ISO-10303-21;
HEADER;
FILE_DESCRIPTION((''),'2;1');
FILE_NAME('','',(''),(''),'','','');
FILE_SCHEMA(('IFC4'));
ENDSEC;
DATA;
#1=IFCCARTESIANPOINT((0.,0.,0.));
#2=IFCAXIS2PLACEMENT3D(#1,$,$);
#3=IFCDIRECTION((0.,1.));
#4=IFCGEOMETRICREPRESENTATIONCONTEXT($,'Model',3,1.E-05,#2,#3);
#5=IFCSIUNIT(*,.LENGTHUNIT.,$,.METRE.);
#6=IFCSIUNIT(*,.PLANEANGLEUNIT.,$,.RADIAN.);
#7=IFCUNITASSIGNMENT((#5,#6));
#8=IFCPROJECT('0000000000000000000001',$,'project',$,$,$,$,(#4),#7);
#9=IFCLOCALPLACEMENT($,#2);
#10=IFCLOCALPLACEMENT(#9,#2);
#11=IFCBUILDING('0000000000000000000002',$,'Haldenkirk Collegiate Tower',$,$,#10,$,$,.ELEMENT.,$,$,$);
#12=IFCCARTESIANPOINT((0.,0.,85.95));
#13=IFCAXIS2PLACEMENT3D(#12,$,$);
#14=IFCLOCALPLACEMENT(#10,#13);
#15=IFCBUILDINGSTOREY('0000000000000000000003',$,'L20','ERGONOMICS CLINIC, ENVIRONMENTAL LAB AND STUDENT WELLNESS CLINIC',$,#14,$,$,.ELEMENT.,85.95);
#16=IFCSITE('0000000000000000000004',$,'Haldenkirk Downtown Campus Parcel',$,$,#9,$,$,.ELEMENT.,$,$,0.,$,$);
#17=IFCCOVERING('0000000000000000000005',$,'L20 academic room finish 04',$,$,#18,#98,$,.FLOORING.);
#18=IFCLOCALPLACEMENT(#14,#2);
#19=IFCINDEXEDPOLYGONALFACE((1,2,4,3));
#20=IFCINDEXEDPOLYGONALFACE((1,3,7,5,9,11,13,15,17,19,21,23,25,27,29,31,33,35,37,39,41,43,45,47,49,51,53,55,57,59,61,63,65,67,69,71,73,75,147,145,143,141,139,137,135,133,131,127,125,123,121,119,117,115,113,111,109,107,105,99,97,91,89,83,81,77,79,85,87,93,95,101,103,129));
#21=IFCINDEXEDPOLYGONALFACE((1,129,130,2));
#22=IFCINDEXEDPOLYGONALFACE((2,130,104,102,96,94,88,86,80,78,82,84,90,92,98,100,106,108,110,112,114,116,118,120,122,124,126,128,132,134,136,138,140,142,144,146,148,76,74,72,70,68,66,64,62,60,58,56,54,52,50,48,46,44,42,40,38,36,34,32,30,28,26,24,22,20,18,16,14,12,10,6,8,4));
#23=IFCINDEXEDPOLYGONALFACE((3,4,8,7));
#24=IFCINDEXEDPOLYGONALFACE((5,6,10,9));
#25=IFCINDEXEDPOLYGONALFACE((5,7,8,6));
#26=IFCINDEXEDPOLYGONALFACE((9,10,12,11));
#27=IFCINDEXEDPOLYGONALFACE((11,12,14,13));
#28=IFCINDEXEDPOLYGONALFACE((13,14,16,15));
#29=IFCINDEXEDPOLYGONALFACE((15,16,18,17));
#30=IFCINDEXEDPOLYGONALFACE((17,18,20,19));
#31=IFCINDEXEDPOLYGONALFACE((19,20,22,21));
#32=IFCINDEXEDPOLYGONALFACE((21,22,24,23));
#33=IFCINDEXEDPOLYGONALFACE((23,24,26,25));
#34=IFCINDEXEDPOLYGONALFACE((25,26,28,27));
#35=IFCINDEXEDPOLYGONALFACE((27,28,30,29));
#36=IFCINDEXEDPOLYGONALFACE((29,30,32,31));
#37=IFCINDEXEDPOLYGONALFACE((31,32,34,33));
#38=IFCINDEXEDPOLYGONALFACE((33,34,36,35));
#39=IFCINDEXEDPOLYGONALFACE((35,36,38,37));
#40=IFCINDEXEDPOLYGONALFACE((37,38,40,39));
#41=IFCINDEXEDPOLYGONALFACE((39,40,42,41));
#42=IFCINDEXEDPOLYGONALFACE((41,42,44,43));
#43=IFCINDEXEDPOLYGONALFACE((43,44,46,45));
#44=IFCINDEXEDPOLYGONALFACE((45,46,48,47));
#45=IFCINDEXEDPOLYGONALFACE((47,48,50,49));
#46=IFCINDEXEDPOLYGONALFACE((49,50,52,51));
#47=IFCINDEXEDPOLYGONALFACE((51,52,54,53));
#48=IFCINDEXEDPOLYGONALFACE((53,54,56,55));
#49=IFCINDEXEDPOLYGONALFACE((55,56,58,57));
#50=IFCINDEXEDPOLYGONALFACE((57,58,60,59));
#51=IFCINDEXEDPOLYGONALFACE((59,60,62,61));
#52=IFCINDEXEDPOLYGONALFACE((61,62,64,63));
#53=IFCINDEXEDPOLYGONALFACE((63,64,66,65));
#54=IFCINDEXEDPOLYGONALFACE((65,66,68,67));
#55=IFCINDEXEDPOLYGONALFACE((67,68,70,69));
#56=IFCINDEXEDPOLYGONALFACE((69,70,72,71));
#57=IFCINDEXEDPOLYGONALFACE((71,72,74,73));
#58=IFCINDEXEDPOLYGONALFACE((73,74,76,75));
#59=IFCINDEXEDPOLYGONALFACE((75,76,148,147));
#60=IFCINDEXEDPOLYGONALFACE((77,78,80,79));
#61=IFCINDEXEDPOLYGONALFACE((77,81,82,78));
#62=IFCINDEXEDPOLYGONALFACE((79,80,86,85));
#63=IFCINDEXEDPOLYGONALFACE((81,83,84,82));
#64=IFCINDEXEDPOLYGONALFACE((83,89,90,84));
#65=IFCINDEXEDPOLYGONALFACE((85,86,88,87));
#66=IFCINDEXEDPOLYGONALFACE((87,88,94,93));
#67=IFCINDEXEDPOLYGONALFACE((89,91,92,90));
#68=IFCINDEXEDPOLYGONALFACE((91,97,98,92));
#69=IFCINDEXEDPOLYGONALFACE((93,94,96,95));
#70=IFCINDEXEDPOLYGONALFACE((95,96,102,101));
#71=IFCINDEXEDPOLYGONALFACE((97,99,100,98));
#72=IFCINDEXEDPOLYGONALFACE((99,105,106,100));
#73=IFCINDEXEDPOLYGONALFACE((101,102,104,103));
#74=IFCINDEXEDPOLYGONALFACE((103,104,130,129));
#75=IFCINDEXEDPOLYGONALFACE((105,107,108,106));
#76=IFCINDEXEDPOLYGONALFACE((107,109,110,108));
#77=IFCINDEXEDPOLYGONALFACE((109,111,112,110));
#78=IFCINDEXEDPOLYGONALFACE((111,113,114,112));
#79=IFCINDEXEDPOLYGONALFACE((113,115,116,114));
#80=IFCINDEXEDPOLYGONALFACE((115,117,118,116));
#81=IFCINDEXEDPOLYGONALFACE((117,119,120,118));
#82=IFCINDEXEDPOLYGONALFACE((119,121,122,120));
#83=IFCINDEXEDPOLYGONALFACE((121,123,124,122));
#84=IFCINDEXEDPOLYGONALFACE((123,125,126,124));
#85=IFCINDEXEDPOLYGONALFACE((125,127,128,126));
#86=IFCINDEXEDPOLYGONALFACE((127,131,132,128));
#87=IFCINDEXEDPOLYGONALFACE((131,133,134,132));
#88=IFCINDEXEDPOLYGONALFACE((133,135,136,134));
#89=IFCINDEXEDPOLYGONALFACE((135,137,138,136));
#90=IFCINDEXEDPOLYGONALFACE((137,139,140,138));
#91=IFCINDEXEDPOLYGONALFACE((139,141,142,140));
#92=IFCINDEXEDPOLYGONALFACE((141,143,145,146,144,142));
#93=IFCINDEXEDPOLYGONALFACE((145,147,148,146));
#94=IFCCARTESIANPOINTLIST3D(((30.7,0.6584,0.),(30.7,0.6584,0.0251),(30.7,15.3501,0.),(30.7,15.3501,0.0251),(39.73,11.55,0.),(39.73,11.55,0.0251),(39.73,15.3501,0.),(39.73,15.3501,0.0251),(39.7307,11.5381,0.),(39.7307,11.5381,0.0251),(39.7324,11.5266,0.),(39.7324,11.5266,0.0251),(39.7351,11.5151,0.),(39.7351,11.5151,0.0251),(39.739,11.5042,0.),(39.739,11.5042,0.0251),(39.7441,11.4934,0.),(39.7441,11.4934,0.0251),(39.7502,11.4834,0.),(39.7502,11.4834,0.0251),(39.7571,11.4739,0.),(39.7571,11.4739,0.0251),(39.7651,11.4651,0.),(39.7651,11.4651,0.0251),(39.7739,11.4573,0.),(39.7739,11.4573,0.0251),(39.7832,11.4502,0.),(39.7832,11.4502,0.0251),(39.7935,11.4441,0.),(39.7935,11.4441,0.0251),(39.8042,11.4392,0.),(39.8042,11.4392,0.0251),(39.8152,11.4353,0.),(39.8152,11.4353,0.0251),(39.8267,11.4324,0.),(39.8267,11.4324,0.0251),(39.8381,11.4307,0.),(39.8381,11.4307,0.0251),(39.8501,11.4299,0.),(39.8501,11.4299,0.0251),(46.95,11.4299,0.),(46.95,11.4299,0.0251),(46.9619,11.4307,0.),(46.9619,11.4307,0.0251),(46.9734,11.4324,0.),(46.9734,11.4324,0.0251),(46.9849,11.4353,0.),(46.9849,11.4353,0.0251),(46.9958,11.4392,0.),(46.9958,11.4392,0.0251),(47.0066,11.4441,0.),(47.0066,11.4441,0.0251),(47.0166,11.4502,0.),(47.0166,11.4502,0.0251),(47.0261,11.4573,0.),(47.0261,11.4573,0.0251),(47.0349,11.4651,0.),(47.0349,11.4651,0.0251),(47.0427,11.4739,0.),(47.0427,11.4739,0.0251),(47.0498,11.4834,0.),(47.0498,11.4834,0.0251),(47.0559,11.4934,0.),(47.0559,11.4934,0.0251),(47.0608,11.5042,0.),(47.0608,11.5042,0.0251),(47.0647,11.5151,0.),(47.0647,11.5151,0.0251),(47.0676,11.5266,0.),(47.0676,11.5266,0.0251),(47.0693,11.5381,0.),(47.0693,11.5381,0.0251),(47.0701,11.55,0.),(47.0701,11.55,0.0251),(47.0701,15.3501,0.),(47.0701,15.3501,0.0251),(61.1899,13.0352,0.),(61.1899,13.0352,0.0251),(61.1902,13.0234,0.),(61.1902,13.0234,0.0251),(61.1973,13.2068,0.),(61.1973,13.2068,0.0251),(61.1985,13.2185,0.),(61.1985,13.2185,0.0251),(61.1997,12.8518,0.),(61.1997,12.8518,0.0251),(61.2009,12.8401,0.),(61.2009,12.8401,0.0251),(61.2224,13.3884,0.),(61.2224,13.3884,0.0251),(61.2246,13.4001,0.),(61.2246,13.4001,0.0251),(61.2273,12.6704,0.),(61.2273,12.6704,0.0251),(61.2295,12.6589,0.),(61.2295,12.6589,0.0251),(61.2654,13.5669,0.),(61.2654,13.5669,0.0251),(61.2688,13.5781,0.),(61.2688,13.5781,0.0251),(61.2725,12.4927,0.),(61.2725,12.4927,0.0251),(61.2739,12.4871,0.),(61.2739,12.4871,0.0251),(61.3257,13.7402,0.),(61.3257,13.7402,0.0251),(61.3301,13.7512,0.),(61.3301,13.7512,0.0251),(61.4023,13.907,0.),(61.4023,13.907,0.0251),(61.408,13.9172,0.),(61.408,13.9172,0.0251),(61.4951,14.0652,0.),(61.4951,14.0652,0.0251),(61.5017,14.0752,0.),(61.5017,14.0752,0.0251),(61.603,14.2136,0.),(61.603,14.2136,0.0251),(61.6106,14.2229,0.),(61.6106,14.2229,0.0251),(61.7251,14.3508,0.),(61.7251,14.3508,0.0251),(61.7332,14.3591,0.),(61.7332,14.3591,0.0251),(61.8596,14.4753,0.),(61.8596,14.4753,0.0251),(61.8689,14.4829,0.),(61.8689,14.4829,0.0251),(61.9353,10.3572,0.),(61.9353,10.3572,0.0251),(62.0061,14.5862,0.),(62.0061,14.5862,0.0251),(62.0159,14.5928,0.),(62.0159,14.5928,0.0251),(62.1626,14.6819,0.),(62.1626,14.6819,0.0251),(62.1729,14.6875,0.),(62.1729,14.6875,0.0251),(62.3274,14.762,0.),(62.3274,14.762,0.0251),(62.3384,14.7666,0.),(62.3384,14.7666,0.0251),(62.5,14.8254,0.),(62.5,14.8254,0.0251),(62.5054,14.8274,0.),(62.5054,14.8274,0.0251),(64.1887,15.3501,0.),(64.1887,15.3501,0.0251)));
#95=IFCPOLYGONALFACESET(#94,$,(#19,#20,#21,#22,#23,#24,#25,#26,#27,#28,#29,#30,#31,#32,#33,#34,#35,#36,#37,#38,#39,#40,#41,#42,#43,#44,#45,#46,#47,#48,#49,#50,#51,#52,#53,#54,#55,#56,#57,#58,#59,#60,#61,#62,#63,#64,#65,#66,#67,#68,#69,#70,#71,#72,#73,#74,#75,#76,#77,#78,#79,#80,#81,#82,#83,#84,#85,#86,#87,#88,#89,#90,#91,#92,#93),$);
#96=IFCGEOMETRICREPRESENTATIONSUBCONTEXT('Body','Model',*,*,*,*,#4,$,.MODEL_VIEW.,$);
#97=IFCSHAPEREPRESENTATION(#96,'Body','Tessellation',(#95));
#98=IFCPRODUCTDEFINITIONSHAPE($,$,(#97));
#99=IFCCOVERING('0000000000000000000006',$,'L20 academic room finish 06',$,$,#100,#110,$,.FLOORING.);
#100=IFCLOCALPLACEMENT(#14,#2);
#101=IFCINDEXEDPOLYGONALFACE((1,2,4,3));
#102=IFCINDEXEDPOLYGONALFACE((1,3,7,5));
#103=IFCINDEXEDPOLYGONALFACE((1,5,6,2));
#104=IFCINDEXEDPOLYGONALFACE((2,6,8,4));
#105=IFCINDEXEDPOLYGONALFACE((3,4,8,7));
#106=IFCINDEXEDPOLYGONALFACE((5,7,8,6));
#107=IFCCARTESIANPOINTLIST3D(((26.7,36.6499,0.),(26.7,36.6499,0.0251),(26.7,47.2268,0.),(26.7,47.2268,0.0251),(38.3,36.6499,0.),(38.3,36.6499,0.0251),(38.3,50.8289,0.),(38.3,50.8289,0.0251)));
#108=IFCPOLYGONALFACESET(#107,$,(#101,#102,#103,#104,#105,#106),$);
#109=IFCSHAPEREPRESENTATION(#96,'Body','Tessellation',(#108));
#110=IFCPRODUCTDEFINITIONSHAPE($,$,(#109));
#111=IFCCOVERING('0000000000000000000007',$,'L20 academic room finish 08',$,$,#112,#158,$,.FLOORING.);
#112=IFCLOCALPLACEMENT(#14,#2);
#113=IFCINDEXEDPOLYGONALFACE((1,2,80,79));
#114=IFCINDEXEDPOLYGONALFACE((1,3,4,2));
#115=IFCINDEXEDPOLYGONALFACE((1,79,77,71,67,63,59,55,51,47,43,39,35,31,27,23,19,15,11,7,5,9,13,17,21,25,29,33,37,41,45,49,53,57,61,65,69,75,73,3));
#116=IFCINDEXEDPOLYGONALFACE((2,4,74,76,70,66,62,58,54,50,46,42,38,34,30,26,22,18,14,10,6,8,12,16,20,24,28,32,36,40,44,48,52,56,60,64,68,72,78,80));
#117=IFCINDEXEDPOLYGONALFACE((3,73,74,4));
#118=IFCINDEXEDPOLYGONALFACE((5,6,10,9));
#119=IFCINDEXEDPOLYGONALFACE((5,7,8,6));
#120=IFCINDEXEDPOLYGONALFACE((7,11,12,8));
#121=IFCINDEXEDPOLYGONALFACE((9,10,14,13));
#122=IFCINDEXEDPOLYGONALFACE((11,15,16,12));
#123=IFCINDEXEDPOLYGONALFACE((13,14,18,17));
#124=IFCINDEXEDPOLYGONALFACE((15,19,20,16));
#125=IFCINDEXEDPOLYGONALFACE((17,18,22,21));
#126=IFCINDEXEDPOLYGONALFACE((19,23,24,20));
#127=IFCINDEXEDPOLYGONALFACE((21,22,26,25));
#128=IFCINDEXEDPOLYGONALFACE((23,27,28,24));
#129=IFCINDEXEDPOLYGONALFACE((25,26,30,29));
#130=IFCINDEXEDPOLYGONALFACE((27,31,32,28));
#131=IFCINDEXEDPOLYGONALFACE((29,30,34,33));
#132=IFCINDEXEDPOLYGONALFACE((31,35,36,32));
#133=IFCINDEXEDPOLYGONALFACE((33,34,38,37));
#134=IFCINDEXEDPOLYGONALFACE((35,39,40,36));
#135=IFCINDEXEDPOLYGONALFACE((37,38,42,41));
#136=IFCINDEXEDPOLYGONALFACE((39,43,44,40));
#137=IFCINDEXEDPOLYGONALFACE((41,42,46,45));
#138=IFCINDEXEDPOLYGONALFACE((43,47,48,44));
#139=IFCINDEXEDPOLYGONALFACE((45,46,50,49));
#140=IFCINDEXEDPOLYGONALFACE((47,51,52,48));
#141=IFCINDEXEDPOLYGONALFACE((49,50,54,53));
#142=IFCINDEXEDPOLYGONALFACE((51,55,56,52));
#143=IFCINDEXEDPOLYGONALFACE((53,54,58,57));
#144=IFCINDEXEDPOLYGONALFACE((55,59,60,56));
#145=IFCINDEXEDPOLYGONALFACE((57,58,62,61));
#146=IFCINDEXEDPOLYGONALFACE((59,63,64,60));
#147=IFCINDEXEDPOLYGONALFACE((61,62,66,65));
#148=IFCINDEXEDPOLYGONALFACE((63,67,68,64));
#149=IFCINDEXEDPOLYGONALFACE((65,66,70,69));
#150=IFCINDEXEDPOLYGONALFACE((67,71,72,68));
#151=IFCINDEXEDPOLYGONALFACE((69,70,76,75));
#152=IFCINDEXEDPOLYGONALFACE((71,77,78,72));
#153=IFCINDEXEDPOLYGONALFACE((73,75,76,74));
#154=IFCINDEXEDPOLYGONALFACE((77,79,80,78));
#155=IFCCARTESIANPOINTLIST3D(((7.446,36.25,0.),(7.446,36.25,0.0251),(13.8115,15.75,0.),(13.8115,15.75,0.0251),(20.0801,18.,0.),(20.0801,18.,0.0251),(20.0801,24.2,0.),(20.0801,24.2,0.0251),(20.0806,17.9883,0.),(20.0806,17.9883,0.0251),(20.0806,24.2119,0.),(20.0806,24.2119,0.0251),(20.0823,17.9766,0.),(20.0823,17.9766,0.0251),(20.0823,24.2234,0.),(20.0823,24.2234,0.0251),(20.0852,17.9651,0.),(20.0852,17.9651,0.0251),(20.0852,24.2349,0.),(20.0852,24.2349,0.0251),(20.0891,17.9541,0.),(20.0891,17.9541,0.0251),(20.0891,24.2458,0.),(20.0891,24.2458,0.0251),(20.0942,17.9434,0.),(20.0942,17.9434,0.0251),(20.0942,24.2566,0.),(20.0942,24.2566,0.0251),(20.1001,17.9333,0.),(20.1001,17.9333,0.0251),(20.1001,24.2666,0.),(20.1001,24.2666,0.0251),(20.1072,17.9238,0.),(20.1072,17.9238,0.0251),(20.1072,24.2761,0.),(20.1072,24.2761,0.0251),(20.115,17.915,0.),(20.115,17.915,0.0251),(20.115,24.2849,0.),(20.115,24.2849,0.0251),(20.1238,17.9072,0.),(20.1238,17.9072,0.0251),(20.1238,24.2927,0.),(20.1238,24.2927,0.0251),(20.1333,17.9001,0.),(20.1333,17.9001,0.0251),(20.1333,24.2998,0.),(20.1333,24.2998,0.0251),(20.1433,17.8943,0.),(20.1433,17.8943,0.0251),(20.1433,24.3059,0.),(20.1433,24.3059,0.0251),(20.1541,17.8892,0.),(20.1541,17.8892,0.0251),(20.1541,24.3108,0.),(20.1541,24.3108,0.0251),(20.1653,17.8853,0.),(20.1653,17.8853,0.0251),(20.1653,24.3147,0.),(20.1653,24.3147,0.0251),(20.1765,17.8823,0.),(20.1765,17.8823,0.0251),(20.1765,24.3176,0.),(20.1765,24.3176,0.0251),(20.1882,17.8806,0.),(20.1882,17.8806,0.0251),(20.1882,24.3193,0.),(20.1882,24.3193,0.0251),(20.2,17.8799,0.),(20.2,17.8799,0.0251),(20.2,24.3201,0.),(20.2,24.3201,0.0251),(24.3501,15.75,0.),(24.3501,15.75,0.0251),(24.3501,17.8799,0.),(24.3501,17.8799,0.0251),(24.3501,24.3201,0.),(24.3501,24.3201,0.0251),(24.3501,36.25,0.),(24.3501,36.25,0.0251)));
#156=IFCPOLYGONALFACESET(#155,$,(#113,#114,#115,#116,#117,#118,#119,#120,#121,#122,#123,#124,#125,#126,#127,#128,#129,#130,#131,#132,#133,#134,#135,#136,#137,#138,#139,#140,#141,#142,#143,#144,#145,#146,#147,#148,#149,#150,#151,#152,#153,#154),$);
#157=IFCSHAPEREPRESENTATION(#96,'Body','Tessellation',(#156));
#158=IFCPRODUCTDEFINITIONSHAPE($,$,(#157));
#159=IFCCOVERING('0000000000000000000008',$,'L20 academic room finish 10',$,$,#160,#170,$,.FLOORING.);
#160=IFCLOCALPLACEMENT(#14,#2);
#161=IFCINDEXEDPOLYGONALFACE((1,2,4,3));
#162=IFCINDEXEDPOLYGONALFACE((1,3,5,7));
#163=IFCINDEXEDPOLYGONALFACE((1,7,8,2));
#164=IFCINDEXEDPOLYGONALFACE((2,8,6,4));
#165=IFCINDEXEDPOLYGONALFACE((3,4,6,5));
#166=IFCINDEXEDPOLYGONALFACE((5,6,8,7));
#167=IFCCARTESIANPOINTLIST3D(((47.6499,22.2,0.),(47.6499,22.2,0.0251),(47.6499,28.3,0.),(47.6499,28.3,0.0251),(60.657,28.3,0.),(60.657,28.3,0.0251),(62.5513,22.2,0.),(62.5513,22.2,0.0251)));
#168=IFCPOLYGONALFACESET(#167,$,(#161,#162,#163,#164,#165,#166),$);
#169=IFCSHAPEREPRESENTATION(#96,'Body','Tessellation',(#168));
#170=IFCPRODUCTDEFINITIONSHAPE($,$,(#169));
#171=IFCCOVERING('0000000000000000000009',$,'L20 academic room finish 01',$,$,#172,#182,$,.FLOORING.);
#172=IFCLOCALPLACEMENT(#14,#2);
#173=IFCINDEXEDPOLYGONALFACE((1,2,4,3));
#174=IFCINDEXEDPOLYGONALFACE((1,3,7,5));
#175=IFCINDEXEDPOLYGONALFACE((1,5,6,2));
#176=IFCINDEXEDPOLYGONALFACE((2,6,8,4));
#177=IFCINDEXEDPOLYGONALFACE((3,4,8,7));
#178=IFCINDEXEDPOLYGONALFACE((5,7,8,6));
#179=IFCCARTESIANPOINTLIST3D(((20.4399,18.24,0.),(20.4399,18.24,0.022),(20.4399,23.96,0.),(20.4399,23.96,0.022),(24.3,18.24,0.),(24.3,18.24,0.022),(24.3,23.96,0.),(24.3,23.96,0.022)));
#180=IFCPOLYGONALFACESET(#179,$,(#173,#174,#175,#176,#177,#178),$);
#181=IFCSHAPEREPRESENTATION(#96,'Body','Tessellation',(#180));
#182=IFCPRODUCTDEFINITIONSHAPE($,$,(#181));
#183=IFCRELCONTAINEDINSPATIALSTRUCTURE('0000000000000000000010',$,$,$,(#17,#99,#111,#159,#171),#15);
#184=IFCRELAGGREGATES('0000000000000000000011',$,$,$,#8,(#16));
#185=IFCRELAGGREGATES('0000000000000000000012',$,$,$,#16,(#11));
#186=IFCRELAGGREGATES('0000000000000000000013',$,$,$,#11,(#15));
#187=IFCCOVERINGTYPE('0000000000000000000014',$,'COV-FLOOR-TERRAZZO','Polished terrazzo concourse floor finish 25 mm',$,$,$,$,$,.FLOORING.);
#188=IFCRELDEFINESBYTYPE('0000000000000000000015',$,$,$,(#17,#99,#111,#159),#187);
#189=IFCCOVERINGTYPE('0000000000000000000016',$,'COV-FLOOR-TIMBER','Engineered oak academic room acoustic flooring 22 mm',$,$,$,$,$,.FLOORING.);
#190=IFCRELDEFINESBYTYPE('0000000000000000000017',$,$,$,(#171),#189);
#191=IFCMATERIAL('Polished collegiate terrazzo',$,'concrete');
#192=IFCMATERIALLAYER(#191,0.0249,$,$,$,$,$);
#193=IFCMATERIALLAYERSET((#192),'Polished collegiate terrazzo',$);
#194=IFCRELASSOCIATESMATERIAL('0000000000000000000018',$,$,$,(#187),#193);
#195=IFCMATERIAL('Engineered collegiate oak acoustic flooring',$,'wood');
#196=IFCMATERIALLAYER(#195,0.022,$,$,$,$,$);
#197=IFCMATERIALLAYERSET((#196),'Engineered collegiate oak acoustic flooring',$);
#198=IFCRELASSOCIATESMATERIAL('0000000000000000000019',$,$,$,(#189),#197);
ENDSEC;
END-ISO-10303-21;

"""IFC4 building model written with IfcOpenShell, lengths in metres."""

from ifc_helpers import new_model, si_unit, direction, frame, origin, place, context, subcontext, project, spatial, polyline, outline, extrude, material, layer, layer_set, type_object, element, save


model = new_model("IFC4")

# Units and contexts
model_context = context("Model", 3, precision=1e-05, world=origin(), true_north=direction((0.0, 1.0)))
body_context = subcontext(model_context, "Body", "Model", "MODEL_VIEW")
ifc_project = project(units=[si_unit("LENGTHUNIT", "METRE"), si_unit("PLANEANGLEUNIT", "RADIAN")], contexts=[model_context])

# Site, building, storey
site_placement = place(None, origin())
site = spatial("IfcSite", under=ifc_project, at=site_placement, Name="Haldenkirk Downtown Campus Parcel", CompositionType="ELEMENT", RefElevation=0.0)
building_placement = place(site_placement, origin())
building = spatial("IfcBuilding", under=site, at=building_placement, Name="Haldenkirk Collegiate Tower", CompositionType="ELEMENT")
storey_placement = place(building_placement, frame((0.0, 0.0, 85.95)))
storey = spatial("IfcBuildingStorey", under=building, at=storey_placement, Name="L20", Description="ERGONOMICS CLINIC, ENVIRONMENTAL LAB AND STUDENT WELLNESS CLINIC", CompositionType="ELEMENT", Elevation=85.95)

# Coverings
ifc_material_1 = material(Name="Polished collegiate terrazzo", Category="concrete")
ifc_layer_1 = layer(ifc_material_1, 0.0249)
ifc_layer_set_1 = layer_set([ifc_layer_1], Name="Polished collegiate terrazzo")
covering_type_1 = type_object("IfcCoveringType", Name="COV-FLOOR-TERRAZZO", Description="Polished terrazzo concourse floor finish 25 mm", PredefinedType="FLOORING", material=ifc_layer_set_1)
covering_1_placement = place(storey_placement, origin())
element("IfcCovering", 1, at=covering_1_placement, inside=storey, type_object=covering_type_1, Name="L20 academic room finish 04", PredefinedType="FLOORING", context=body_context, shape_type="SweptSolid", body=[
    extrude(outline(polyline([(39.73, 11.55), (39.7307, 11.5381), (39.7324, 11.5266), (39.7351, 11.5151), (39.739, 11.5042), (39.7441, 11.4934), (39.7502, 11.4834), (39.7571, 11.4739), (39.7651, 11.4651), (39.7739, 11.4573), (39.7832, 11.4502), (39.7935, 11.4441), (39.8042, 11.4392), (39.8152, 11.4353), (39.8267, 11.4324), (39.8381, 11.4307), (39.8501, 11.4299), (46.95, 11.4299), (46.9619, 11.4307), (46.9734, 11.4324), (46.9849, 11.4353), (46.9958, 11.4392), (47.0066, 11.4441), (47.0166, 11.4502), (47.0261, 11.4573), (47.0349, 11.4651), (47.0427, 11.4739), (47.0498, 11.4834), (47.0559, 11.4934), (47.0608, 11.5042), (47.0647, 11.5151), (47.0676, 11.5266), (47.0693, 11.5381), (47.0701, 11.55), (47.0701, 15.3501), (64.1887, 15.3501), (62.5054, 14.8274), (62.5, 14.8254), (62.3384, 14.7666), (62.3274, 14.762), (62.1729, 14.6875), (62.1626, 14.6819), (62.0159, 14.5928), (62.0061, 14.5862), (61.8689, 14.4829), (61.8596, 14.4753), (61.7332, 14.3591), (61.7251, 14.3508), (61.6106, 14.2229), (61.603, 14.2136), (61.5017, 14.0752), (61.4951, 14.0652), (61.408, 13.9172), (61.4023, 13.907), (61.3301, 13.7512), (61.3257, 13.7402), (61.2688, 13.5781), (61.2654, 13.5669), (61.2246, 13.4001), (61.2224, 13.3884), (61.1985, 13.2185), (61.1973, 13.2068), (61.1899, 13.0352), (61.1902, 13.0234), (61.1997, 12.8518), (61.2009, 12.8401), (61.2273, 12.6704), (61.2295, 12.6589), (61.2725, 12.4927), (61.2739, 12.4871), (61.9353, 10.3572), (30.7, 0.6584), (30.7, 15.3501), (39.73, 15.3501), (39.73, 11.55)])), origin(), (0.0, 0.0, 1.0), 0.0251),
])
covering_2_placement = place(storey_placement, origin())
element("IfcCovering", 2, at=covering_2_placement, inside=storey, type_object=covering_type_1, Name="L20 academic room finish 06", PredefinedType="FLOORING", context=body_context, shape_type="SweptSolid", body=[
    extrude(outline(polyline([(38.3, 50.8289), (38.3, 36.6499), (26.7, 36.6499), (26.7, 47.2268), (38.3, 50.8289)])), origin(), (0.0, 0.0, 1.0), 0.0251),
])
covering_3_placement = place(storey_placement, origin())
element("IfcCovering", 3, at=covering_3_placement, inside=storey, type_object=covering_type_1, Name="L20 academic room finish 08", PredefinedType="FLOORING", context=body_context, shape_type="SweptSolid", body=[
    extrude(outline(polyline([(20.2, 24.3201), (20.1882, 24.3193), (20.1765, 24.3176), (20.1653, 24.3147), (20.1541, 24.3108), (20.1433, 24.3059), (20.1333, 24.2998), (20.1238, 24.2927), (20.115, 24.2849), (20.1072, 24.2761), (20.1001, 24.2666), (20.0942, 24.2566), (20.0891, 24.2458), (20.0852, 24.2349), (20.0823, 24.2234), (20.0806, 24.2119), (20.0801, 24.2), (20.0801, 18.0), (20.0806, 17.9883), (20.0823, 17.9766), (20.0852, 17.9651), (20.0891, 17.9541), (20.0942, 17.9434), (20.1001, 17.9333), (20.1072, 17.9238), (20.115, 17.915), (20.1238, 17.9072), (20.1333, 17.9001), (20.1433, 17.8943), (20.1541, 17.8892), (20.1653, 17.8853), (20.1765, 17.8823), (20.1882, 17.8806), (20.2, 17.8799), (24.3501, 17.8799), (24.3501, 15.75), (13.8115, 15.75), (7.446, 36.25), (24.3501, 36.25), (24.3501, 24.3201), (20.2, 24.3201)])), origin(), (0.0, 0.0, 1.0), 0.0251),
])
covering_4_placement = place(storey_placement, origin())
element("IfcCovering", 4, at=covering_4_placement, inside=storey, type_object=covering_type_1, Name="L20 academic room finish 10", PredefinedType="FLOORING", context=body_context, shape_type="SweptSolid", body=[
    extrude(outline(polyline([(62.5513, 22.2), (47.6499, 22.2), (47.6499, 28.3), (60.657, 28.3), (62.5513, 22.2)])), origin(), (0.0, 0.0, 1.0), 0.0251),
])
ifc_material_2 = material(Name="Engineered collegiate oak acoustic flooring", Category="wood")
ifc_layer_2 = layer(ifc_material_2, 0.022)
ifc_layer_set_2 = layer_set([ifc_layer_2], Name="Engineered collegiate oak acoustic flooring")
covering_type_2 = type_object("IfcCoveringType", Name="COV-FLOOR-TIMBER", Description="Engineered oak academic room acoustic flooring 22 mm", PredefinedType="FLOORING", material=ifc_layer_set_2)
covering_5_placement = place(storey_placement, origin())
element("IfcCovering", 5, at=covering_5_placement, inside=storey, type_object=covering_type_2, Name="L20 academic room finish 01", PredefinedType="FLOORING", context=body_context, shape_type="SweptSolid", body=[
    extrude(outline(polyline([(20.4399, 18.24), (20.4399, 23.96), (24.3, 23.96), (24.3, 18.24), (20.4399, 18.24)])), origin(), (0.0, 0.0, 1.0), 0.022),
])

save(model, "model.ifc")
